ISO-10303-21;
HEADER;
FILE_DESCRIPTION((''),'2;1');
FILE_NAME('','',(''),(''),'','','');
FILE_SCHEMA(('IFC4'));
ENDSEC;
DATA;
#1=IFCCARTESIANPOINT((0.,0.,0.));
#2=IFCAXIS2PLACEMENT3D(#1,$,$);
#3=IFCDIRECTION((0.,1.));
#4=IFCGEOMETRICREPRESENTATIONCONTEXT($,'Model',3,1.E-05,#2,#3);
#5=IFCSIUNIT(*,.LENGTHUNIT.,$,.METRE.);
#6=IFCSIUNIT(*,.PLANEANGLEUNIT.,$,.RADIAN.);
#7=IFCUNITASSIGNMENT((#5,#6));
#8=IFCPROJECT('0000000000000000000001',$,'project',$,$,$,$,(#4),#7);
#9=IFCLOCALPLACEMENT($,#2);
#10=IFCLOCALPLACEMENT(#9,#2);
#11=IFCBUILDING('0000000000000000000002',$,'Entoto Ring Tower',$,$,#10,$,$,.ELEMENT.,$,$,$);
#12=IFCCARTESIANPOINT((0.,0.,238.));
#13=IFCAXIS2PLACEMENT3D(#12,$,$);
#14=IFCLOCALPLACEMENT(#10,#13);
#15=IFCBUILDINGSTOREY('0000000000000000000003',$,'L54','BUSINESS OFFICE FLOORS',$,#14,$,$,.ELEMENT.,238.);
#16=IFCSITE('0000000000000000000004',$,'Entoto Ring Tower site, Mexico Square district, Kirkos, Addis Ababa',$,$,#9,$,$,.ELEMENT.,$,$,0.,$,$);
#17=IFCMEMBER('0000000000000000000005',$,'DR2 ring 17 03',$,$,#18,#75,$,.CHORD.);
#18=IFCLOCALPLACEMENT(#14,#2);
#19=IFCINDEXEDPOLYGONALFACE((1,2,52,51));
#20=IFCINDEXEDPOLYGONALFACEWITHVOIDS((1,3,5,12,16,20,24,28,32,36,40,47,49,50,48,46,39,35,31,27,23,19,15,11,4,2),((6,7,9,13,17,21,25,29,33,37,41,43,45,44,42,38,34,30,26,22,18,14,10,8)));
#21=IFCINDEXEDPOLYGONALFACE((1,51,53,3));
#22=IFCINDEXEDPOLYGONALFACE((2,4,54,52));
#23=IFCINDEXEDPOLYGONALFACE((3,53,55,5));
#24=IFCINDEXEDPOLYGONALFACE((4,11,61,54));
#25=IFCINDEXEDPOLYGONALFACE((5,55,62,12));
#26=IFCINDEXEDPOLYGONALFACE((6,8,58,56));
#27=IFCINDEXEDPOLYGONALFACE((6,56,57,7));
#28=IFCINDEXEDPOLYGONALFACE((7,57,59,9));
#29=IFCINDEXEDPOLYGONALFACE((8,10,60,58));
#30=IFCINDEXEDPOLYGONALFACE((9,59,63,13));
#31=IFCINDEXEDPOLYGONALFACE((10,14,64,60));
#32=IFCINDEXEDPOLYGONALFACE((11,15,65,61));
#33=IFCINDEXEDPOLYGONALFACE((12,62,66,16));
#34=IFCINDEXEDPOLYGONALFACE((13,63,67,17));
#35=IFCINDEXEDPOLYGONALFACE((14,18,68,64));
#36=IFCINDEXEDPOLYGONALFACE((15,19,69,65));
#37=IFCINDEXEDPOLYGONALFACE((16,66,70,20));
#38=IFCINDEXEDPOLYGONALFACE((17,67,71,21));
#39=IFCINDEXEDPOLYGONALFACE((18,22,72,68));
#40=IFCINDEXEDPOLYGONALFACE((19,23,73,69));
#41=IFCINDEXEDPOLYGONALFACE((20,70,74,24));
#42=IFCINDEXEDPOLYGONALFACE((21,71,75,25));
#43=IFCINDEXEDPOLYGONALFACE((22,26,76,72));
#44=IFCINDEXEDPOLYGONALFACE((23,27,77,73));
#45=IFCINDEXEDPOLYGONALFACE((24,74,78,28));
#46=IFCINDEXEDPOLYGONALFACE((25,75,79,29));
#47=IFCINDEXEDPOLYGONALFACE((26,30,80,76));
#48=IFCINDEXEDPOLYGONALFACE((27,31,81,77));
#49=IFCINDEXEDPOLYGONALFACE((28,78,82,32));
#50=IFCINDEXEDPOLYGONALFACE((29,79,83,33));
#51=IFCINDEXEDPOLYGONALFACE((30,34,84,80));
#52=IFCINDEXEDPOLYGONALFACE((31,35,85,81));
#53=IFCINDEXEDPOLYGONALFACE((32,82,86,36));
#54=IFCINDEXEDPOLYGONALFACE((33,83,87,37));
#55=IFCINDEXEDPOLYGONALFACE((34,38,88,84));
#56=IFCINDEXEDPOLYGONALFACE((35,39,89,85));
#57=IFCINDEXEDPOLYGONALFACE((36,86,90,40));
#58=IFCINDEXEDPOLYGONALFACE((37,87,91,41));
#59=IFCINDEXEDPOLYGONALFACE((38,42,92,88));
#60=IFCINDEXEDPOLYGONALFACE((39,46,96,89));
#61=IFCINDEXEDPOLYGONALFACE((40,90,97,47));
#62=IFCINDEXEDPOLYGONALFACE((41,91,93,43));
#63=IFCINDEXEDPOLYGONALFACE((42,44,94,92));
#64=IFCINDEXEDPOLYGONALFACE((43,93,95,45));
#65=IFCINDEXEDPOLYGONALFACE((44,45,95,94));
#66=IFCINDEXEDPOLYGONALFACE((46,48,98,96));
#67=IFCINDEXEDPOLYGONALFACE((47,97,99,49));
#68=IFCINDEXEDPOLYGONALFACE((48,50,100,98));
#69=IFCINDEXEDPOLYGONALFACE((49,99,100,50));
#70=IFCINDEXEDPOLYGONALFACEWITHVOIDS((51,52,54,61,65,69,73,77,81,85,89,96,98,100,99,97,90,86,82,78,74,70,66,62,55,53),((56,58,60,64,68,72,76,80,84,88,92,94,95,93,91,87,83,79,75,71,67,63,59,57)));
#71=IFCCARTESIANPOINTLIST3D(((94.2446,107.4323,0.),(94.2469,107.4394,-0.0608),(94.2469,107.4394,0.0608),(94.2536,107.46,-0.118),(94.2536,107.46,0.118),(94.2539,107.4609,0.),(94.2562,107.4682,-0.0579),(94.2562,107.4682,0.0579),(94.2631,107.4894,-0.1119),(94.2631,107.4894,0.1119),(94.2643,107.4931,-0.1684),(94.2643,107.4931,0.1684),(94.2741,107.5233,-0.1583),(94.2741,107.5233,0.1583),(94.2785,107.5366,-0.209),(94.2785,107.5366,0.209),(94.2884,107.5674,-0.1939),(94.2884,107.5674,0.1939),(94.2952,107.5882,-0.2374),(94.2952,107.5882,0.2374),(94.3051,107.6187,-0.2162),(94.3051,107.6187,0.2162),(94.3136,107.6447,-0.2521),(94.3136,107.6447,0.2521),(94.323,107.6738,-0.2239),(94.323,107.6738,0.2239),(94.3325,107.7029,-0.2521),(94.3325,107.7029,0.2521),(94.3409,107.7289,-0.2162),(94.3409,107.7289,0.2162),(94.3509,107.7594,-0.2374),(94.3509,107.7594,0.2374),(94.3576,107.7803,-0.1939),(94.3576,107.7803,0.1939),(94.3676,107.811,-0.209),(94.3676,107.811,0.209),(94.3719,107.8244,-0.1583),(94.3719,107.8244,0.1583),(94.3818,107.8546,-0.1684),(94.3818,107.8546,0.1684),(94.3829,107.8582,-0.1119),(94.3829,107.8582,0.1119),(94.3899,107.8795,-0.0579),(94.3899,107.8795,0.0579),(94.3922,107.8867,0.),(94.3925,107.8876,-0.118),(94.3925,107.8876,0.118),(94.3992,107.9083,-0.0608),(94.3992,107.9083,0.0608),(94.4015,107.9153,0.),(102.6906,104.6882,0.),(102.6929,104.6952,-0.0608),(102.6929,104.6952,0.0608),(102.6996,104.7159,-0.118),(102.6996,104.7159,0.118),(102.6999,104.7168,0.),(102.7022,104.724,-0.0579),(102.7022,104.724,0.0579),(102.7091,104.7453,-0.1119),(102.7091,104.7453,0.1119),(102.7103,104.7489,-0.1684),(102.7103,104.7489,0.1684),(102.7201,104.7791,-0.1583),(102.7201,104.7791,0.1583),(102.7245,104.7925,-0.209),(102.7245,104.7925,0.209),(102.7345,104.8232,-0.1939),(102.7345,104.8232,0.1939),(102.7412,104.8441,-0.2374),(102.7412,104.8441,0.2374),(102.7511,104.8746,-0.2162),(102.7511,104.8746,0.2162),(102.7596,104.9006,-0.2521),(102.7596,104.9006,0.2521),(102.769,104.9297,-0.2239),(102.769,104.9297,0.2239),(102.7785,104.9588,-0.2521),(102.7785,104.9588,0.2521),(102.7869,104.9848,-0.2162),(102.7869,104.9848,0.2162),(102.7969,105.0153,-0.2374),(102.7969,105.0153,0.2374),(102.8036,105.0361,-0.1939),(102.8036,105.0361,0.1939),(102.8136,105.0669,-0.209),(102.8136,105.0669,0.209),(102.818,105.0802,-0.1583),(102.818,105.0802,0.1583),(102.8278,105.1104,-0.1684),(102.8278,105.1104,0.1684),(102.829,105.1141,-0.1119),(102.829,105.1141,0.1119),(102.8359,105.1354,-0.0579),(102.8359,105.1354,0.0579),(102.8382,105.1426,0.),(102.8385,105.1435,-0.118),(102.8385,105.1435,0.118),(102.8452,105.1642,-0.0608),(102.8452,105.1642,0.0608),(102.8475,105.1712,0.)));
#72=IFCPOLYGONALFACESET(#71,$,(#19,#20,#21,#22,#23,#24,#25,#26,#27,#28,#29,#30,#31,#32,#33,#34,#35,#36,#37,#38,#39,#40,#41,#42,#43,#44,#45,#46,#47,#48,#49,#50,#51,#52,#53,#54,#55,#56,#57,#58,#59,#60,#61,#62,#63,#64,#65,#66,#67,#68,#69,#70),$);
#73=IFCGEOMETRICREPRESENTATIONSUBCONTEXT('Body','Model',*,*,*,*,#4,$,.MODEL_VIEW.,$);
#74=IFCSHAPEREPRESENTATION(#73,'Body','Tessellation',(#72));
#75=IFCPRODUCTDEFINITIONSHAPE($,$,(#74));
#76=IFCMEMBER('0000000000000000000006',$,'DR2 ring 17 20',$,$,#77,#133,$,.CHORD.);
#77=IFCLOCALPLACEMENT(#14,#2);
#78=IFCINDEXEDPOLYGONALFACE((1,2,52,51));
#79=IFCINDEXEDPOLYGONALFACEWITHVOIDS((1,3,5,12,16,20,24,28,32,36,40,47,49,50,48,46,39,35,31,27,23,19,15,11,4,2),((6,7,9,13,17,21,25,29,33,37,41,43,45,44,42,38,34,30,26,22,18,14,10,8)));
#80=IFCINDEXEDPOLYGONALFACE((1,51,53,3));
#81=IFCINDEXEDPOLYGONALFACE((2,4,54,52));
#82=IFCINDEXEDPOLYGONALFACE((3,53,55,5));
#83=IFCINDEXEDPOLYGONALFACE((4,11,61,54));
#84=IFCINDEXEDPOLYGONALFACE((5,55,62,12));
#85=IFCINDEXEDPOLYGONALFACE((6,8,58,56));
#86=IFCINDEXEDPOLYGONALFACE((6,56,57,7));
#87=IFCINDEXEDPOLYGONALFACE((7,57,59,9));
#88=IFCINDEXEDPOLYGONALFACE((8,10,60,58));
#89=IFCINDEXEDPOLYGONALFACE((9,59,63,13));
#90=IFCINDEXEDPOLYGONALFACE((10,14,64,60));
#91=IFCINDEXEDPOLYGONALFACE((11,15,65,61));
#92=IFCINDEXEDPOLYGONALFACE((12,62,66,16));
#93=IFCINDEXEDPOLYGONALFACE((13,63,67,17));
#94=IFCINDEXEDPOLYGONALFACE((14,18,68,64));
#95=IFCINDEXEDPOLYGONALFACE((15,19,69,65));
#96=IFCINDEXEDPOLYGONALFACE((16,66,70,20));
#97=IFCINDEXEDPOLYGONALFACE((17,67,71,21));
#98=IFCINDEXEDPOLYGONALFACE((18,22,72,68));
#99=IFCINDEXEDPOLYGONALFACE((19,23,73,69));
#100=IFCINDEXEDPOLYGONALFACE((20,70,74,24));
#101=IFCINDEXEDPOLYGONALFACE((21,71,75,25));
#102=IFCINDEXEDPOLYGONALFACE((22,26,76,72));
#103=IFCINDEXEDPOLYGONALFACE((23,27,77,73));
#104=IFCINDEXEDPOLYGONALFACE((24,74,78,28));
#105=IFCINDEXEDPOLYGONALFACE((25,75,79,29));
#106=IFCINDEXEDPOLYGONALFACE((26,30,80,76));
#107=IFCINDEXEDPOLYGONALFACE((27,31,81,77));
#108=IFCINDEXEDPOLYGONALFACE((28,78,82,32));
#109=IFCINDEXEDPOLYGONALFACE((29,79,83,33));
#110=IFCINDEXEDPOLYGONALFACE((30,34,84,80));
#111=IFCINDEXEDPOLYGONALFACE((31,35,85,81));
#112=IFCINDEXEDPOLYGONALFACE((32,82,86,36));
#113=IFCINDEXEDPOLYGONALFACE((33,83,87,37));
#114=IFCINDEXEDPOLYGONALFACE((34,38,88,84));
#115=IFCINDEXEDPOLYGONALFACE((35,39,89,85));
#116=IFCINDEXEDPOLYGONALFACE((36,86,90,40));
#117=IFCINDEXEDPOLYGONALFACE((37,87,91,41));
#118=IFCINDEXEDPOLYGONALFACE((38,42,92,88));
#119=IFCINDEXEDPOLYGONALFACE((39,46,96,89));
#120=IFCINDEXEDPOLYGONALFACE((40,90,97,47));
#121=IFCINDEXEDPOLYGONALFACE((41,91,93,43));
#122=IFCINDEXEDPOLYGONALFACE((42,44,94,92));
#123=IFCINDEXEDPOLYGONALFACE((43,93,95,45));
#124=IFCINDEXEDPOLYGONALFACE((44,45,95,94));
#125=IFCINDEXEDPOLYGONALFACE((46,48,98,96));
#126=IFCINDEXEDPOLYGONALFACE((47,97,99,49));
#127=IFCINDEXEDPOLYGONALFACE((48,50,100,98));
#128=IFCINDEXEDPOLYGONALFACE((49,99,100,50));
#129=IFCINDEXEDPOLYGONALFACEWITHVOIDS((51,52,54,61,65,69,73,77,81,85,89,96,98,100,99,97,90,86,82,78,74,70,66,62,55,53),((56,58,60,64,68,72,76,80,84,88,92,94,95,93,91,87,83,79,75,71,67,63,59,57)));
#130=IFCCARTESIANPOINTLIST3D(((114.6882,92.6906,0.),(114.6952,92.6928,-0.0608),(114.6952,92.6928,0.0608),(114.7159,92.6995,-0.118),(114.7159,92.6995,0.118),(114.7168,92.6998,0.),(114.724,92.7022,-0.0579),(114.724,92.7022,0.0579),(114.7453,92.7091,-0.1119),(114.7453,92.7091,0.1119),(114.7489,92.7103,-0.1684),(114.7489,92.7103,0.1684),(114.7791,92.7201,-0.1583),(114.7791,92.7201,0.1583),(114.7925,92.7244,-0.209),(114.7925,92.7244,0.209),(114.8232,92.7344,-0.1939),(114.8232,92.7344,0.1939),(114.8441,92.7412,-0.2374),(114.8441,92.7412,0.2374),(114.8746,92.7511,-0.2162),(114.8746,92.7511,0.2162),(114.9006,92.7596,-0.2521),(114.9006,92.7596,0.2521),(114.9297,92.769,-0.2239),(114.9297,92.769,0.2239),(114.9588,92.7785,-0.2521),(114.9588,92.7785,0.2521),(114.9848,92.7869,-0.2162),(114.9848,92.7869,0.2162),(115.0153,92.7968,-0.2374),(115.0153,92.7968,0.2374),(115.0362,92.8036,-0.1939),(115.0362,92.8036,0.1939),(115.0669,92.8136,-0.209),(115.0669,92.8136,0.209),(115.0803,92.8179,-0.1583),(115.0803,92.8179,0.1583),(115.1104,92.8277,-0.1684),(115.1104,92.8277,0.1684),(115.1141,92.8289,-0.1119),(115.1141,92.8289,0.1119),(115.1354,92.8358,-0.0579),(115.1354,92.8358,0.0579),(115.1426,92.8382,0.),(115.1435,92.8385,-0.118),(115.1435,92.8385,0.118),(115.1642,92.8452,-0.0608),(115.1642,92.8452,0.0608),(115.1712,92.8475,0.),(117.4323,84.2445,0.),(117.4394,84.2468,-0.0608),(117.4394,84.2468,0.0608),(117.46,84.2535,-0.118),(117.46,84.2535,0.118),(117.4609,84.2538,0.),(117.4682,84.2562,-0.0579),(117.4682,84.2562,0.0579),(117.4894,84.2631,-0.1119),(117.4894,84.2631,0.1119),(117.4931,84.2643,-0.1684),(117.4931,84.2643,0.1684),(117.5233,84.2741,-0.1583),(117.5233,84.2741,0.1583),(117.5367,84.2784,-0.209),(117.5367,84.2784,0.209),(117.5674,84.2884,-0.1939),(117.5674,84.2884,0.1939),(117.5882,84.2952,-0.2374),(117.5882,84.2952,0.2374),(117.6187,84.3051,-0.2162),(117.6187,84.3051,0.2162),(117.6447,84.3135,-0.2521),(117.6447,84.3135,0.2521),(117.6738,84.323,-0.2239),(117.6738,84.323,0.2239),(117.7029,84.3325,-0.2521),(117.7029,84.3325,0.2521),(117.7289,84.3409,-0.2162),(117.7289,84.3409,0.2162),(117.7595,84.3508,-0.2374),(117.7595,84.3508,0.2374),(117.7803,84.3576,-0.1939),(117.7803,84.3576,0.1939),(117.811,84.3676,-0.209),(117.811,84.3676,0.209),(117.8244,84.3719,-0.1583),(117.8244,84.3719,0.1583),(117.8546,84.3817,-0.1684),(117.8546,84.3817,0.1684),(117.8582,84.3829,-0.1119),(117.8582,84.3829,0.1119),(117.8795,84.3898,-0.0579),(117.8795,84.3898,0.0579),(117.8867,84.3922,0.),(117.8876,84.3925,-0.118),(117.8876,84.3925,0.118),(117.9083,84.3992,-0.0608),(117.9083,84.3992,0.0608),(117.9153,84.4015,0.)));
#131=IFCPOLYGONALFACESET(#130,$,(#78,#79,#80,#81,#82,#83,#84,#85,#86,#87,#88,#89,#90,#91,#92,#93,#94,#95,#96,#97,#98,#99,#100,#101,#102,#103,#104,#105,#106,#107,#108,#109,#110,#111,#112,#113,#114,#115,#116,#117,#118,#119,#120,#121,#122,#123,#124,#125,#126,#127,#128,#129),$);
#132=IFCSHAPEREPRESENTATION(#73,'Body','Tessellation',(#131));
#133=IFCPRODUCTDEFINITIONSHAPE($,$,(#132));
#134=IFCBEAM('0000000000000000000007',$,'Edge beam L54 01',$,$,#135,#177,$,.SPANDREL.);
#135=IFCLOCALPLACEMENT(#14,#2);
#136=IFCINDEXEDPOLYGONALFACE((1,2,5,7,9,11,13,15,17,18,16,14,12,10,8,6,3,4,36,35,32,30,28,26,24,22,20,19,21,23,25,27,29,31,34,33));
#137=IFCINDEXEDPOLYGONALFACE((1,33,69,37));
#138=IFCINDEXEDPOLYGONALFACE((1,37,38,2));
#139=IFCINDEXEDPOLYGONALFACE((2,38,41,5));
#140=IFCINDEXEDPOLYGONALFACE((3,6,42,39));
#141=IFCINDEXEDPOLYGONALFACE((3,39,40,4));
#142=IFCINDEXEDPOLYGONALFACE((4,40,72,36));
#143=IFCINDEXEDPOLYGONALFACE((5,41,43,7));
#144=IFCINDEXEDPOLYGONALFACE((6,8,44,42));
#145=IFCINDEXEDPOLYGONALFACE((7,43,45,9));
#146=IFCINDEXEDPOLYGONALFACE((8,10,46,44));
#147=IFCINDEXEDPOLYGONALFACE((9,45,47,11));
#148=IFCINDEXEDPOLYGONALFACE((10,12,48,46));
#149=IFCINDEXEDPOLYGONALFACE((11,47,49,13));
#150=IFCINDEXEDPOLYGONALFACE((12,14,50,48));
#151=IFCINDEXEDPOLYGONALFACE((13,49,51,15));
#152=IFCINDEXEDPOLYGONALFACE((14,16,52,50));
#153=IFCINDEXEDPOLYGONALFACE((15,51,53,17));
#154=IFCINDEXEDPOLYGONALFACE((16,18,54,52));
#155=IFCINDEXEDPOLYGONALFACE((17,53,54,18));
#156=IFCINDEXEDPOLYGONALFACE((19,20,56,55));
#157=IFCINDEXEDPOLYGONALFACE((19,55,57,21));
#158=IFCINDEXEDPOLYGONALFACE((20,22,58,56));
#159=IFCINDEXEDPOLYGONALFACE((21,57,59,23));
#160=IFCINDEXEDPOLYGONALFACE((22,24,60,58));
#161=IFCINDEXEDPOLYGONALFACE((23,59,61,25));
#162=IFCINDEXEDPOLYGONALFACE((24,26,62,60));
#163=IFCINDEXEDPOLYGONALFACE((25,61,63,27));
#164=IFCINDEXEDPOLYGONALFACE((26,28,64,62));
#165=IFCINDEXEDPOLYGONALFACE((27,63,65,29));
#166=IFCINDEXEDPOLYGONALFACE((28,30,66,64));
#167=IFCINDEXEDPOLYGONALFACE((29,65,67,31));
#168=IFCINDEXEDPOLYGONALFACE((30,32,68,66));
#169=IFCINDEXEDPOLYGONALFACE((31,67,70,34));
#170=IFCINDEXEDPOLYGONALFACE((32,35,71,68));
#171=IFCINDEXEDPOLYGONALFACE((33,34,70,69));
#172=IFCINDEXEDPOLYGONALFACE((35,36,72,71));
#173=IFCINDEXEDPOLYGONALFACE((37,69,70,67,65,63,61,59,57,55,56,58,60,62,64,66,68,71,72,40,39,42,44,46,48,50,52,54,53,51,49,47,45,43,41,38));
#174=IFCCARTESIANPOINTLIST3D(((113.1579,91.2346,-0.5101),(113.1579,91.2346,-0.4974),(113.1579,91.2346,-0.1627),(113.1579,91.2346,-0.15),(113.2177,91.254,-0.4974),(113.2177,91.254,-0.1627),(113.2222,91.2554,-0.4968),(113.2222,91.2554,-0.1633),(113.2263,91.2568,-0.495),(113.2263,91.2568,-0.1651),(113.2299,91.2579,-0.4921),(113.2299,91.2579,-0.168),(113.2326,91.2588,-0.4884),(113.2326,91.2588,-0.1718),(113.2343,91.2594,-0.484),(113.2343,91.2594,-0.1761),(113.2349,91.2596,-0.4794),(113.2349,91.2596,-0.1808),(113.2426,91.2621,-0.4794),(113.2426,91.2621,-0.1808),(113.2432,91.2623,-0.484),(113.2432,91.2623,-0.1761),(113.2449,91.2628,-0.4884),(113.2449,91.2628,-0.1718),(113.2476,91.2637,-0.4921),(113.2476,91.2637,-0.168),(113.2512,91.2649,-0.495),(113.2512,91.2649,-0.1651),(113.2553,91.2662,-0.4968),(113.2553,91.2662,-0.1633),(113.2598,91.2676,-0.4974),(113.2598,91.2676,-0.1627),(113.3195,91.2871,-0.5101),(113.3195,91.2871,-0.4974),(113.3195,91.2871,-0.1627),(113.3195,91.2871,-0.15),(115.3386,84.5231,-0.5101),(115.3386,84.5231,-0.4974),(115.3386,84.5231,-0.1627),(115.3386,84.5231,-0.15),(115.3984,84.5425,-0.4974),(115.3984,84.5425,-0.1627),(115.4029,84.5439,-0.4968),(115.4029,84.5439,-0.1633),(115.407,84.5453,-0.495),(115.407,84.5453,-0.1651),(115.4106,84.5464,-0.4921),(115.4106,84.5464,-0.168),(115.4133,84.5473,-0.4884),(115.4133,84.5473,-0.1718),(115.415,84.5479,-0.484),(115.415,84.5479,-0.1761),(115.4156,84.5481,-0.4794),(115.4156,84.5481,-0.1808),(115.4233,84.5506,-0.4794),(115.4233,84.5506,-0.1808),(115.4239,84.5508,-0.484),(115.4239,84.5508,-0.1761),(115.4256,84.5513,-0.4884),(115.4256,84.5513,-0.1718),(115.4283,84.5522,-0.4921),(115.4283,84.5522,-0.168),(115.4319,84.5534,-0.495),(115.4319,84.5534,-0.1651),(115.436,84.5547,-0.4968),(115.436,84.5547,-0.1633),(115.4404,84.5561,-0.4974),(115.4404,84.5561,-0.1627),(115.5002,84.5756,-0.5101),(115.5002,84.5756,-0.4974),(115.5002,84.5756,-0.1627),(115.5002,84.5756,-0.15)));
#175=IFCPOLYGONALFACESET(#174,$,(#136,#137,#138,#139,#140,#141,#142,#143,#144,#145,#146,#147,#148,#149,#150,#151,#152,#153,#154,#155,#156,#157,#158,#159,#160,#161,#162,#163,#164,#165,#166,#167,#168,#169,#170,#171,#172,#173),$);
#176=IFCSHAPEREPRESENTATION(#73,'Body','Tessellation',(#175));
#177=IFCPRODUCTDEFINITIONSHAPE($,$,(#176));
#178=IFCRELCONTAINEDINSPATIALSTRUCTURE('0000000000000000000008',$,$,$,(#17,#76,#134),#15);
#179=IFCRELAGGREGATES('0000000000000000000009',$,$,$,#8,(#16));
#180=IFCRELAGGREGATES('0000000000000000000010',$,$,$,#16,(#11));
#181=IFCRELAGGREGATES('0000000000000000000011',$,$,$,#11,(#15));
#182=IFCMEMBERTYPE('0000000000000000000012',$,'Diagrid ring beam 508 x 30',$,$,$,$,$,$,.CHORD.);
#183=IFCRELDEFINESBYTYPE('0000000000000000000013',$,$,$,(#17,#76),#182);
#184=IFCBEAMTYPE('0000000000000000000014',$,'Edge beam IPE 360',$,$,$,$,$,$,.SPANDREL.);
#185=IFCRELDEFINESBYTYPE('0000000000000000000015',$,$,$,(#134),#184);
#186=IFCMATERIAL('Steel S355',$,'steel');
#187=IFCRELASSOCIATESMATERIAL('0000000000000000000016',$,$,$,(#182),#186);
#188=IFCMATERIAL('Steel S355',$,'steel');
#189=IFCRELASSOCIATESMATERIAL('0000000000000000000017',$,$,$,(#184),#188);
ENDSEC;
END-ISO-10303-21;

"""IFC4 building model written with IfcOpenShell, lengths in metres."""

from ifc_helpers import new_model, si_unit, direction, frame, origin, origin_2d, place, context, subcontext, project, spatial, circle, hollow_circle, i_section, extrude, material, material_profile, profile_set, type_object, element, save


model = new_model("IFC4")

# Units and contexts
model_context = context("Model", 3, precision=1e-05, world=origin(), true_north=direction((0.0, 1.0)))
body_context = subcontext(model_context, "Body", "Model", "MODEL_VIEW")
ifc_project = project(units=[si_unit("LENGTHUNIT", "METRE"), si_unit("PLANEANGLEUNIT", "RADIAN")], contexts=[model_context])

# Site, building, storey
site_placement = place(None, origin())
site = spatial("IfcSite", under=ifc_project, at=site_placement, Name="Entoto Ring Tower site, Mexico Square district, Kirkos, Addis Ababa", CompositionType="ELEMENT", RefElevation=0.0)
building_placement = place(site_placement, origin())
building = spatial("IfcBuilding", under=site, at=building_placement, Name="Entoto Ring Tower", CompositionType="ELEMENT")
storey_placement = place(building_placement, frame((0.0, 0.0, 238.0)))
storey = spatial("IfcBuildingStorey", under=building, at=storey_placement, Name="L54", Description="BUSINESS OFFICE FLOORS", CompositionType="ELEMENT", Elevation=238.0)

# Members
ifc_material_1 = material(Name="Steel S355", Category="steel")
ifc_material_profile_1 = material_profile(ifc_material_1, hollow_circle(Radius=0.2539, WallThickness=0.03, at=origin_2d()), Name="CHS 508 x 30")
ifc_material_2 = material(Name="Concrete C60/75", Category="concrete")
ifc_material_profile_2 = material_profile(ifc_material_2, circle(Radius=0.2241, at=origin_2d()), Name="Concrete C60/75 infill")
ifc_profile_set_1 = profile_set([ifc_material_profile_1, ifc_material_profile_2], Name="Steel S355")
member_type_1 = type_object("IfcMemberType", Name="Diagrid ring beam 508 x 30", PredefinedType="CHORD", material=ifc_profile_set_1)
for number, where, z_axis, x_axis, name in (
    (1, (102.769, 104.9297, 0.0), (-0.951061, 0.309002, 0.0), (-0.309002, -0.951061, 0.0), "DR2 ring 17 03"),
    (2, (117.6738, 84.323, 0.0), (-0.309002, 0.951061, 0.0), (-0.951061, -0.309002, 0.0), "DR2 ring 17 20"),
):
    element("IfcMember", number, at=place(storey_placement, frame(where, z_axis=z_axis, x_axis=x_axis)), inside=storey, type_object=member_type_1, Name=name, PredefinedType="CHORD", context=body_context, shape_type="SweptSolid", body=[
        extrude(hollow_circle(Radius=0.2539, WallThickness=0.03, at=origin_2d()), origin(), (0.0, 0.0, 1.0), 8.8806),
    ])

# Beam
ifc_material_3 = material(Name="Steel S355", Category="steel")
ifc_material_profile_3 = material_profile(ifc_material_3, i_section(OverallWidth=0.1699, OverallDepth=0.3601, WebThickness=0.0081, FlangeThickness=0.0127, FilletRadius=0.0181, at=origin_2d()), Name="IPE 360")
ifc_profile_set_2 = profile_set([ifc_material_profile_3], Name="Steel S355")
beam_type_1 = type_object("IfcBeamType", Name="Edge beam IPE 360", PredefinedType="SPANDREL", material=ifc_profile_set_2)
for number, where, z_axis, x_axis, name in (
    (3, (115.4194, 84.5493, -0.3301), (-0.309016, 0.951057, 0.0), (-0.951057, -0.309016, 0.0), "Edge beam L54 01"),
):
    element("IfcBeam", number, at=place(storey_placement, frame(where, z_axis=z_axis, x_axis=x_axis)), inside=storey, type_object=beam_type_1, Name=name, PredefinedType="SPANDREL", context=body_context, shape_type="SweptSolid", body=[
        extrude(i_section(OverallWidth=0.1699, OverallDepth=0.3601, WebThickness=0.0081, FlangeThickness=0.0127, FilletRadius=0.0181, at=origin_2d()), origin(), (0.0, 0.0, 1.0), 7.0569),
    ])

save(model, "model.ifc")
